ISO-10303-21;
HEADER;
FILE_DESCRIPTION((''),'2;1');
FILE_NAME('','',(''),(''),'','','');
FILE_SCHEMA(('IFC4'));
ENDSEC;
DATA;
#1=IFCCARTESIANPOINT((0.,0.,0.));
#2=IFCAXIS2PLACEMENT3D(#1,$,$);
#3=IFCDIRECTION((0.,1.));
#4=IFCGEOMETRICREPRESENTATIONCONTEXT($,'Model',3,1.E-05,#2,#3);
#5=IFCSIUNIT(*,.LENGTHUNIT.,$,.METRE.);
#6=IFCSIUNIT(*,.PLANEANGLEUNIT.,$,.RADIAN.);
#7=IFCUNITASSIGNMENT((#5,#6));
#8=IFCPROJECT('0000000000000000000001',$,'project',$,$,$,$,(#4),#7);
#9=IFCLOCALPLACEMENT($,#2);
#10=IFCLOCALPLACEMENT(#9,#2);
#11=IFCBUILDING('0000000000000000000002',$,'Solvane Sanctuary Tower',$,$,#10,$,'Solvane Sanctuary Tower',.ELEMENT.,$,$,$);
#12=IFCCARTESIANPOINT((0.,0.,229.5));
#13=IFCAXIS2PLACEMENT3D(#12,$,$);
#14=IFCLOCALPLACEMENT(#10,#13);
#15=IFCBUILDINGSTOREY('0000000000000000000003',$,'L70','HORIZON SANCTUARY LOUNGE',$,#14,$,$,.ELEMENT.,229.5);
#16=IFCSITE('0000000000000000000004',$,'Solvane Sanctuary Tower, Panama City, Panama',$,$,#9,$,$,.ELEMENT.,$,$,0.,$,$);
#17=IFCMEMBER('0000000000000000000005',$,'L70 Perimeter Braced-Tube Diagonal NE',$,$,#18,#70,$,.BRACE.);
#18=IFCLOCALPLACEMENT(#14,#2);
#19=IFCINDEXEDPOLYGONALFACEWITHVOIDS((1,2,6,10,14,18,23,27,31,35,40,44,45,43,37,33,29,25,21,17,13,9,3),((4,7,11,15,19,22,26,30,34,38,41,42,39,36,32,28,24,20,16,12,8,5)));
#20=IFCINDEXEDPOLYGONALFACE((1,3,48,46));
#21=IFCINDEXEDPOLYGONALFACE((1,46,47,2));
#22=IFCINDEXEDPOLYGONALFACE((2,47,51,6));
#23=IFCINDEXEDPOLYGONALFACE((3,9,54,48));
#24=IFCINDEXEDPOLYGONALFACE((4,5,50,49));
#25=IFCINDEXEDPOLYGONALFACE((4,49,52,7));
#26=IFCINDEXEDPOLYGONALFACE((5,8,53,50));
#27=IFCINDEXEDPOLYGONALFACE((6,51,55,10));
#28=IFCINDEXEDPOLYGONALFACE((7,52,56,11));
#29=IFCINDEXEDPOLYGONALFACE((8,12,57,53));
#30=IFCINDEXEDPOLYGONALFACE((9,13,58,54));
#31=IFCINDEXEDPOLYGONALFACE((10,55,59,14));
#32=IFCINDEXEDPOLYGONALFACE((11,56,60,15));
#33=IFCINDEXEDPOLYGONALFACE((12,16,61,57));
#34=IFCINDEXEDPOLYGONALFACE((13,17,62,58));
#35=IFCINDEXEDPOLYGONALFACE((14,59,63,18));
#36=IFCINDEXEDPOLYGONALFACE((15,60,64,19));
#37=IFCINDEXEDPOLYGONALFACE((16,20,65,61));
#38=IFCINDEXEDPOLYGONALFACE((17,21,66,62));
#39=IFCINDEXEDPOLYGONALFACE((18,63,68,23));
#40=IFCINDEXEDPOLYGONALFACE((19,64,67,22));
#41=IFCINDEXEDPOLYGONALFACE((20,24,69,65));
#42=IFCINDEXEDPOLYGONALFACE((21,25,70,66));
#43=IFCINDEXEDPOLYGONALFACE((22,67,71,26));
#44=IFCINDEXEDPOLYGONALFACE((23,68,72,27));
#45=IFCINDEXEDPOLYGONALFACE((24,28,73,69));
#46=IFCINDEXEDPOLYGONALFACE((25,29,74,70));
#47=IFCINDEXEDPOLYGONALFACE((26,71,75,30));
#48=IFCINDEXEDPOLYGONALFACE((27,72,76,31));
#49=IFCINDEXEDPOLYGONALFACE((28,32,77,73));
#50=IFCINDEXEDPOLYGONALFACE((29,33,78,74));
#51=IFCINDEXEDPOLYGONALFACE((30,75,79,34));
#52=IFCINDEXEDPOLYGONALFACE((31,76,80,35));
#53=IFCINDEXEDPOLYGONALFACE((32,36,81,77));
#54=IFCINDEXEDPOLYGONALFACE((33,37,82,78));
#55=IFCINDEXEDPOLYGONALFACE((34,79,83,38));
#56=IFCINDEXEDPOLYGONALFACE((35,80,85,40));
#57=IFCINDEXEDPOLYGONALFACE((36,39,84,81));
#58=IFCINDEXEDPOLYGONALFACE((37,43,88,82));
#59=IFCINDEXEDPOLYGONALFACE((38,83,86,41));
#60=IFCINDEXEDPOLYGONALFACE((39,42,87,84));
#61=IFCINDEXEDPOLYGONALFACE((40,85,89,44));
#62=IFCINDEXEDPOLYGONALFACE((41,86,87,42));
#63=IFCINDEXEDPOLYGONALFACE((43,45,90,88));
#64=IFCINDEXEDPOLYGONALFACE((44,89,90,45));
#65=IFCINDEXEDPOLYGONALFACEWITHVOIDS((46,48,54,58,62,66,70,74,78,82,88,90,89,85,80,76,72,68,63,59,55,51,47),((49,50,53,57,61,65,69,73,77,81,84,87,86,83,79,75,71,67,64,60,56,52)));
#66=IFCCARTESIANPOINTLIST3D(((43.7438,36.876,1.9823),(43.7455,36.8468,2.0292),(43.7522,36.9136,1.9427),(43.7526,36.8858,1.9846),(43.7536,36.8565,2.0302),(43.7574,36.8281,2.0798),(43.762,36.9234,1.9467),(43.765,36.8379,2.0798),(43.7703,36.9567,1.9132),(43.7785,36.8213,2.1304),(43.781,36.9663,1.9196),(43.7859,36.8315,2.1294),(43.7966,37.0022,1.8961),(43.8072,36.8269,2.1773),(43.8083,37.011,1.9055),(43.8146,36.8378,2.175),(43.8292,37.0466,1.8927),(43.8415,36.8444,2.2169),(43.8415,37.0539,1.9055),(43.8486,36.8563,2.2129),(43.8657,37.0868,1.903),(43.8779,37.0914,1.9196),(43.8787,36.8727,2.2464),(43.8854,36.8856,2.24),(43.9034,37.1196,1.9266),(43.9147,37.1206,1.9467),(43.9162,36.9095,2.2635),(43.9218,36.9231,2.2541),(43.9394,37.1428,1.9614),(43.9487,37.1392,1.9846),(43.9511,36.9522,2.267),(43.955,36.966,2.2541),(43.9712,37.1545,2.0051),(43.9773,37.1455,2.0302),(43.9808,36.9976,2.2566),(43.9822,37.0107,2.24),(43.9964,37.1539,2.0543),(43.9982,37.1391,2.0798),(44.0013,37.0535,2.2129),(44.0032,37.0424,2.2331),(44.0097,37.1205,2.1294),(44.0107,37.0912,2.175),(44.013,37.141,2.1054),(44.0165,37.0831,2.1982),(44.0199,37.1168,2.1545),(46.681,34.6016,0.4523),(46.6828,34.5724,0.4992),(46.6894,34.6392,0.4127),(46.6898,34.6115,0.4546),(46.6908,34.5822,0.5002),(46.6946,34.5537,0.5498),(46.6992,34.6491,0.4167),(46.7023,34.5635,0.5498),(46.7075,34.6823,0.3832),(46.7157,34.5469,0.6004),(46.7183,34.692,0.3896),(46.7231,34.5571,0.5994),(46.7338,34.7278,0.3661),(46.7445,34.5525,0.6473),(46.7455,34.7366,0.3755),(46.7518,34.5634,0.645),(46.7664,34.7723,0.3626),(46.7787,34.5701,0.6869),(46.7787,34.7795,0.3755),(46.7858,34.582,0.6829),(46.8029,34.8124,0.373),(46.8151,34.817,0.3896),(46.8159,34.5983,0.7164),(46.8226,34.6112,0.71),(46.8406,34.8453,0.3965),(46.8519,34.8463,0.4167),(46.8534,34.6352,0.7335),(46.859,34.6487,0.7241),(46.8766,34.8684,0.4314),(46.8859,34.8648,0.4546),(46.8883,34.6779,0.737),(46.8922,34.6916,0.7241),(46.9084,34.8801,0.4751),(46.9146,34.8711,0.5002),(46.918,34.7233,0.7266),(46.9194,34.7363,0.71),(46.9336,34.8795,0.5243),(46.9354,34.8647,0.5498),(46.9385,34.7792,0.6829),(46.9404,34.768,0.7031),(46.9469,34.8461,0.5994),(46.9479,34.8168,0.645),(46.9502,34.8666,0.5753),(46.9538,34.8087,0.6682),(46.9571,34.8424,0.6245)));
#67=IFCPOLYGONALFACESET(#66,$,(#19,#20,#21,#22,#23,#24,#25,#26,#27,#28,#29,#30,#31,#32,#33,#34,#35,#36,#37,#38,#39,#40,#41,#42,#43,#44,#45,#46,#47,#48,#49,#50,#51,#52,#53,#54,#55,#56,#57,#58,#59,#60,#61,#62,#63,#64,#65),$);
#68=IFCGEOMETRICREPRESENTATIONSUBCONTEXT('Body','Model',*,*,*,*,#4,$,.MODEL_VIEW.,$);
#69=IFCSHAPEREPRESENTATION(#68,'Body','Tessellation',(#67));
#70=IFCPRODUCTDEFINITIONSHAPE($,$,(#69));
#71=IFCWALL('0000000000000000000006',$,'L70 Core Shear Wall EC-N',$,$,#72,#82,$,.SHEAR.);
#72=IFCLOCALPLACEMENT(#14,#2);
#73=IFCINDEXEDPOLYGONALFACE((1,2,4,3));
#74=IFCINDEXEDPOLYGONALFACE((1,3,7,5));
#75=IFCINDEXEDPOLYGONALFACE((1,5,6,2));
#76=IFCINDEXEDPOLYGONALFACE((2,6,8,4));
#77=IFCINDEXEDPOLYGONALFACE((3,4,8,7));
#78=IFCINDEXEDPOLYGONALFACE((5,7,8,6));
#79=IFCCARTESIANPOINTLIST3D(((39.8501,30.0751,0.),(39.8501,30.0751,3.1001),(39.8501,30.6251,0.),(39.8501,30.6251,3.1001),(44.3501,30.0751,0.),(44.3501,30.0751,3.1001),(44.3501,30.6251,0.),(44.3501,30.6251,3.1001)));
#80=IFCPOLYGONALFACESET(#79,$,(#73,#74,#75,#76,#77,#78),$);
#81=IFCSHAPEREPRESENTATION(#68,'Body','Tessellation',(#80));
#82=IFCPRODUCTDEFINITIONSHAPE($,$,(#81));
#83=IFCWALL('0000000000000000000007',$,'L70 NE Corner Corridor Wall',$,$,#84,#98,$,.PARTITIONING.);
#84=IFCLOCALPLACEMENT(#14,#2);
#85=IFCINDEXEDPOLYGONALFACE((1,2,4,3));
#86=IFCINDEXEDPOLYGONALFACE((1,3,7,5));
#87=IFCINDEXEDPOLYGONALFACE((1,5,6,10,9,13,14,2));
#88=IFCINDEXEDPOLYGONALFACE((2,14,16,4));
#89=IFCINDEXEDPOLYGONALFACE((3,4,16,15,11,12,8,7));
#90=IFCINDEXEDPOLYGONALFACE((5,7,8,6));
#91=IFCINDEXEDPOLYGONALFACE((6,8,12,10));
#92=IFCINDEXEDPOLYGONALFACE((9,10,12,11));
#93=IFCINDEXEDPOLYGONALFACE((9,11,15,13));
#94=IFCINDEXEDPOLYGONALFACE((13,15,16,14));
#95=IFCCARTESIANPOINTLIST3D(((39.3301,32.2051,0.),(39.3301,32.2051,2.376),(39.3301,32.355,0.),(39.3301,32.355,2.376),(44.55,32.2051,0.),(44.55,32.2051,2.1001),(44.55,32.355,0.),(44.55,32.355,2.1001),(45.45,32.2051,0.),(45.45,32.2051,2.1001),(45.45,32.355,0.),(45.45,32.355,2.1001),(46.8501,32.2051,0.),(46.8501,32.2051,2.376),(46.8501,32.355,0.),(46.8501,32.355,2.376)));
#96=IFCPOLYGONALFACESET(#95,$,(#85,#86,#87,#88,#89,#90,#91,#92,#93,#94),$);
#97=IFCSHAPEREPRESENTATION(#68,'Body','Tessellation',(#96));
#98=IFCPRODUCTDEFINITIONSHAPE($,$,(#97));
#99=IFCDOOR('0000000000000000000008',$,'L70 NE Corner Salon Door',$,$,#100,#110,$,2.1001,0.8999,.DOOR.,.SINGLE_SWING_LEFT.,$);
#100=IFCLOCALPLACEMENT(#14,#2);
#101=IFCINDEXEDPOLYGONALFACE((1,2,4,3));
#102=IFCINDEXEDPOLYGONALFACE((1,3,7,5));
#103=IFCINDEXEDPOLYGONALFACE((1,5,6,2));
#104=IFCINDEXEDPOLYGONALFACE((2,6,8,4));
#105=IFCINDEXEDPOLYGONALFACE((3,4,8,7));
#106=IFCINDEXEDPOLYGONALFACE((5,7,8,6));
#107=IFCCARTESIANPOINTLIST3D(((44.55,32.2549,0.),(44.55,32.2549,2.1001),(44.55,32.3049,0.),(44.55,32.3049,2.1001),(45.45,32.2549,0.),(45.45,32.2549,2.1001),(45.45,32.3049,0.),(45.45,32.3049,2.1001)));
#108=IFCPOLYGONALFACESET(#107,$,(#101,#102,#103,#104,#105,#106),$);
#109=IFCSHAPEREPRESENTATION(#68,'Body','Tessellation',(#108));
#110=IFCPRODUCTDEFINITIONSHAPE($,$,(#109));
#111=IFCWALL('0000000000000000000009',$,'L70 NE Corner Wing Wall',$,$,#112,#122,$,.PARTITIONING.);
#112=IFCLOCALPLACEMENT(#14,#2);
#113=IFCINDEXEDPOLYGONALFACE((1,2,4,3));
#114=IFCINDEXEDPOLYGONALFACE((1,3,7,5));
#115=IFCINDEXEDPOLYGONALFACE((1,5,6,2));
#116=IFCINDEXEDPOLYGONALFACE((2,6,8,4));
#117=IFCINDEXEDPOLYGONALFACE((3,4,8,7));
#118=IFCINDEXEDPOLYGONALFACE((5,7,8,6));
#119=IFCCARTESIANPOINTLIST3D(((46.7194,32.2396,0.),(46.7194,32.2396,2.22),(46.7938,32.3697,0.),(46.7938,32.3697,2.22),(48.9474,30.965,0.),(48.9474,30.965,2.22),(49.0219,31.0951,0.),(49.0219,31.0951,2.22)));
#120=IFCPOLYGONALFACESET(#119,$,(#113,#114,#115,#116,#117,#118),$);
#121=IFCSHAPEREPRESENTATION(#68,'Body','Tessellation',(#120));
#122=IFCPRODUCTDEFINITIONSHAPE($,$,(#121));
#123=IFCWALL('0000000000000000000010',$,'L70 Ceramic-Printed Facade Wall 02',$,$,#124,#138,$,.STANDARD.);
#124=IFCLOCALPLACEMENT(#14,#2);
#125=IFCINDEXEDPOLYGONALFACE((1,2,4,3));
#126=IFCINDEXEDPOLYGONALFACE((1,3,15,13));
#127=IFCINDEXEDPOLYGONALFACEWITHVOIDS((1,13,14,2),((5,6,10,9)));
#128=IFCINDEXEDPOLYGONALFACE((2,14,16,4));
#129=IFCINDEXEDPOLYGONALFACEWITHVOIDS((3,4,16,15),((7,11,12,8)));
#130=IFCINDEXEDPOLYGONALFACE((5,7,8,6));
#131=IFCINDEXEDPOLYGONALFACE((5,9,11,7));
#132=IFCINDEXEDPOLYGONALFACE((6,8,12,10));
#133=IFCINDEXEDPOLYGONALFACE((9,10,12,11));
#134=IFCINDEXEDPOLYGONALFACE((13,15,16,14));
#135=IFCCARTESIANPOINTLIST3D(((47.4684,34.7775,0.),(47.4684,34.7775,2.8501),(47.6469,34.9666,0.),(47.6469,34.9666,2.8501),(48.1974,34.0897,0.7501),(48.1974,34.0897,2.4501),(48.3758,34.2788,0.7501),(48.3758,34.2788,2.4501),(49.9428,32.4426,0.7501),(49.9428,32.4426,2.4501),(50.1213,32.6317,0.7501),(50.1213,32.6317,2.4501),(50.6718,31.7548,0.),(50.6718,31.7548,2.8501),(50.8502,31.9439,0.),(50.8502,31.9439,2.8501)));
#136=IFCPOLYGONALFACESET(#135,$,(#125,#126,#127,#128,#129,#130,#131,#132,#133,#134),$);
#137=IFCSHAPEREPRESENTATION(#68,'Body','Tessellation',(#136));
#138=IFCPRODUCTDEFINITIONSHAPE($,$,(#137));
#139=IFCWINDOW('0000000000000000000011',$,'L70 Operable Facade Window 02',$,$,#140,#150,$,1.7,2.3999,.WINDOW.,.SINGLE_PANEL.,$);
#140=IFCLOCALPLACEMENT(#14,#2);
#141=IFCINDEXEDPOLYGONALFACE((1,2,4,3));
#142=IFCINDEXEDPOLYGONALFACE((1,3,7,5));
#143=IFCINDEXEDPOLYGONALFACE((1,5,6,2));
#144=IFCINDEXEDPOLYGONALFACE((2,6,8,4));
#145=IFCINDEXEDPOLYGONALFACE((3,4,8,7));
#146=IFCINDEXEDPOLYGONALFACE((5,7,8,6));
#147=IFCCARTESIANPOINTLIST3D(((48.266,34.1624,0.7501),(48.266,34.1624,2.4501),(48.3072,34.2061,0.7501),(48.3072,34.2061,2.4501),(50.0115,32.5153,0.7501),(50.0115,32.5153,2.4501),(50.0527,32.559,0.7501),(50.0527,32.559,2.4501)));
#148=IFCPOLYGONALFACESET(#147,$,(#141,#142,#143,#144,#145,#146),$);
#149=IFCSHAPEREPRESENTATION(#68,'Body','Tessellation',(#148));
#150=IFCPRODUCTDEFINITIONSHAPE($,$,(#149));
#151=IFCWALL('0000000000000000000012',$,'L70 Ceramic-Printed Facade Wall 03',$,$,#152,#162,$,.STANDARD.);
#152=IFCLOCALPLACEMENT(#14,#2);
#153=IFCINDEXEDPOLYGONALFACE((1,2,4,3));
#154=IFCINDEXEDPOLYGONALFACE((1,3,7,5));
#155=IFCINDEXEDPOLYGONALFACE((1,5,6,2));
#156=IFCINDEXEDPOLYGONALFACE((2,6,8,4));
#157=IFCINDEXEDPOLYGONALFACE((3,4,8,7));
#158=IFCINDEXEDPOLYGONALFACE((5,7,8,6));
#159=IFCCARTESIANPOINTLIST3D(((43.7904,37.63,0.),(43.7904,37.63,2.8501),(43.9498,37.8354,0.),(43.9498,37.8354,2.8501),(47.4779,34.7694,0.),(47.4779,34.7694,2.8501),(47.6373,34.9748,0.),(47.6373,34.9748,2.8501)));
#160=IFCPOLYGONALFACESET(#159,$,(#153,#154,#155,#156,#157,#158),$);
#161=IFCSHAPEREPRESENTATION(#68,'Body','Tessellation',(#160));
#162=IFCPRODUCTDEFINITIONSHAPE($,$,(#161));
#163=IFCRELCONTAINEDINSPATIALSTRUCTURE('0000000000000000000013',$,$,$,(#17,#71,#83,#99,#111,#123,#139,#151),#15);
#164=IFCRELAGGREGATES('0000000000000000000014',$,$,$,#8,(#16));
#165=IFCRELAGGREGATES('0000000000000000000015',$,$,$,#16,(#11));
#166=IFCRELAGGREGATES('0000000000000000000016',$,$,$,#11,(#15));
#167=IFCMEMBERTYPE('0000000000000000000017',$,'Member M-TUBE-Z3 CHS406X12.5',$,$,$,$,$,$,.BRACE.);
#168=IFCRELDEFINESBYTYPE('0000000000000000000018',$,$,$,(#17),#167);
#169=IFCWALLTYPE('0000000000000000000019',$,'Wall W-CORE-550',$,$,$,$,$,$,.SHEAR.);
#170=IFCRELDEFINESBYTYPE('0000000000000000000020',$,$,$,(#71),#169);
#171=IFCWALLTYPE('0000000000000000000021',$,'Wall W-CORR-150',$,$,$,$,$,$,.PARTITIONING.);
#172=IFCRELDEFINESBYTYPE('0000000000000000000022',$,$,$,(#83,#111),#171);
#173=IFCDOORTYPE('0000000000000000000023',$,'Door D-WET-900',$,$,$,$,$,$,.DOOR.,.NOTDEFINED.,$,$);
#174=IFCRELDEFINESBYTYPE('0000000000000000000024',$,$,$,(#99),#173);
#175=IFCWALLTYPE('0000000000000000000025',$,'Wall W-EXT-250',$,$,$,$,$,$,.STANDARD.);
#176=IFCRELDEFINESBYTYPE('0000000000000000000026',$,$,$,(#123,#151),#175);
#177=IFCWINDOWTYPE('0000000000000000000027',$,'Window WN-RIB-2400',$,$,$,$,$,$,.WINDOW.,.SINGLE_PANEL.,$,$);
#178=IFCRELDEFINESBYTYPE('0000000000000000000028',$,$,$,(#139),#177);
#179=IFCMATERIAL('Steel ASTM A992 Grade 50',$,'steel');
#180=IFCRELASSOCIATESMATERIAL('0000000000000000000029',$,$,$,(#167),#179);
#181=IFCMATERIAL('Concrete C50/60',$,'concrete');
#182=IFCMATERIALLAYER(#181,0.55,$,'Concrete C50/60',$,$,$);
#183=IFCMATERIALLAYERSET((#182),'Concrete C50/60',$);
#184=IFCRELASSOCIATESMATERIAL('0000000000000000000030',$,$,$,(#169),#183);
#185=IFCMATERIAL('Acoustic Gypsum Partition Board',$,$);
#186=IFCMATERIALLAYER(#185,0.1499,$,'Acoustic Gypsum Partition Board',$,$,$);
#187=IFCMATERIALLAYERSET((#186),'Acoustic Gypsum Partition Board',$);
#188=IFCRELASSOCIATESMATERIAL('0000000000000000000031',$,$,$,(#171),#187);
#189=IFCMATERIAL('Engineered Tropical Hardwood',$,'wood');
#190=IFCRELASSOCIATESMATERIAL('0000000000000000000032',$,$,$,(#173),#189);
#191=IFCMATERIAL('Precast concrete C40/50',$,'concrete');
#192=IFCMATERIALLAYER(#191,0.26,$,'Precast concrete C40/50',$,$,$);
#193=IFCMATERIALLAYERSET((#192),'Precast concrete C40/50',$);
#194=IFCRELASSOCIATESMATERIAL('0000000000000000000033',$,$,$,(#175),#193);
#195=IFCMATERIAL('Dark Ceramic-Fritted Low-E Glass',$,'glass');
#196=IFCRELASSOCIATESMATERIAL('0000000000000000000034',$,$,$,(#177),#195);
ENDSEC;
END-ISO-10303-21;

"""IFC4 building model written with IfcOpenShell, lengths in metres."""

from ifc_helpers import new_model, si_unit, direction, frame, frame_2d, origin, origin_2d, place, context, subcontext, project, spatial, rectangle, hollow_circle, extrude, material, layer, layer_set, material_profile, profile_set, type_object, element, fill, save


model = new_model("IFC4")

# Units and contexts
model_context = context("Model", 3, precision=1e-05, world=origin(), true_north=direction((0.0, 1.0)))
body_context = subcontext(model_context, "Body", "Model", "MODEL_VIEW")
ifc_project = project(units=[si_unit("LENGTHUNIT", "METRE"), si_unit("PLANEANGLEUNIT", "RADIAN")], contexts=[model_context])

# Site, building, storey
site_placement = place(None, origin())
site = spatial("IfcSite", under=ifc_project, at=site_placement, Name="Solvane Sanctuary Tower, Panama City, Panama", CompositionType="ELEMENT", RefElevation=0.0)
building_placement = place(site_placement, origin())
building = spatial("IfcBuilding", under=site, at=building_placement, Name="Solvane Sanctuary Tower", LongName="Solvane Sanctuary Tower", CompositionType="ELEMENT")
storey_placement = place(building_placement, frame((0.0, 0.0, 229.5)))
storey = spatial("IfcBuildingStorey", under=building, at=storey_placement, Name="L70", Description="HORIZON SANCTUARY LOUNGE", CompositionType="ELEMENT", Elevation=229.5)

# Shared definitions
ifc_material_1 = material(Name="Concrete C50/60", Category="concrete")

# Shared definitions
ifc_material_2 = material(Name="Steel ASTM A992 Grade 50", Category="steel")

# Member
ifc_material_profile_1 = material_profile(ifc_material_2, hollow_circle(Radius=0.2029, WallThickness=0.0125, at=origin_2d()), Name="CHS406X12.5")
ifc_profile_set_1 = profile_set([ifc_material_profile_1], Name="Steel ASTM A992 Grade 50")
member_type = type_object("IfcMemberType", Name="Member M-TUBE-Z3 CHS406X12.5", PredefinedType="BRACE", material=ifc_profile_set_1)
member_placement = place(storey_placement, frame((46.8188, 34.7141, 0.5498), z_axis=(-0.73109, 0.566107, 0.380828), x_axis=(-0.612242, -0.79067, 0.0)))
element("IfcMember", 1, at=member_placement, inside=storey, type_object=member_type, Name="L70 Perimeter Braced-Tube Diagonal NE", PredefinedType="BRACE", context=body_context, shape_type="SweptSolid", body=[
    extrude(hollow_circle(Radius=0.2029, WallThickness=0.0125, at=origin_2d()), origin(), (0.0, 0.0, 1.0), 4.0176),
])

# Wall
ifc_layer_1 = layer(ifc_material_1, 0.55, Name="Concrete C50/60")
ifc_layer_set_1 = layer_set([ifc_layer_1], Name="Concrete C50/60")
wall_type_1 = type_object("IfcWallType", Name="Wall W-CORE-550", PredefinedType="SHEAR", material=ifc_layer_set_1)
wall_1_placement = place(storey_placement, frame((39.8501, 30.3501, 0.0), z_axis=(0.0, 0.0, 1.0), x_axis=(1.0, 0.0, 0.0)))
element("IfcWall", 2, at=wall_1_placement, inside=storey, type_object=wall_type_1, Name="L70 Core Shear Wall EC-N", PredefinedType="SHEAR", context=body_context, shape_type="SweptSolid", body=[
    extrude(rectangle(XDim=4.5, YDim=0.55, at=frame_2d((2.25, 0.0))), origin(), (0.0, 0.0, 1.0), 3.1001),
])

# Wall, opening, door
ifc_material_3 = material(Name="Acoustic Gypsum Partition Board")
ifc_layer_2 = layer(ifc_material_3, 0.1499, Name="Acoustic Gypsum Partition Board")
ifc_layer_set_2 = layer_set([ifc_layer_2], Name="Acoustic Gypsum Partition Board")
wall_type_2 = type_object("IfcWallType", Name="Wall W-CORR-150", PredefinedType="PARTITIONING", material=ifc_layer_set_2)
wall_2_placement = place(storey_placement, frame((39.3301, 32.28, 0.0), z_axis=(0.0, 0.0, 1.0), x_axis=(1.0, 0.0, 0.0)))
wall_2 = element("IfcWall", 3, at=wall_2_placement, inside=storey, type_object=wall_type_2, Name="L70 NE Corner Corridor Wall", PredefinedType="PARTITIONING", context=body_context, shape_type="SweptSolid", body=[
    extrude(rectangle(XDim=7.52, YDim=0.1499, at=frame_2d((3.76, 0.0))), origin(), (0.0, 0.0, 1.0), 2.376),
])
opening_1_placement = place(wall_2_placement, frame((5.22, 0.0, 0.0)))
opening_1 = element("IfcOpeningElement", 4, at=opening_1_placement, cuts=wall_2, PredefinedType="OPENING", context=body_context, shape_type="SweptSolid", body=[
    extrude(rectangle(XDim=0.8999, YDim=2.1001, at=frame_2d((0.45, 1.05))), frame((0.0, 0.085, 0.0), z_axis=(0.0, -1.0, 0.0), x_axis=(1.0, 0.0, 0.0)), (0.0, 0.0, 1.0), 0.1699),
])
ifc_material_4 = material(Name="Engineered Tropical Hardwood", Category="wood")
door_type = type_object("IfcDoorType", Name="Door D-WET-900", OperationType="NOTDEFINED", PredefinedType="DOOR", material=ifc_material_4)
door_placement = place(opening_1_placement, origin())
door = element("IfcDoor", 5, at=door_placement, inside=storey, type_object=door_type, Name="L70 NE Corner Salon Door", OperationType="SINGLE_SWING_LEFT", OverallHeight=2.1001, OverallWidth=0.8999, PredefinedType="DOOR", context=body_context, shape_type="SweptSolid", body=[
    extrude(rectangle(XDim=0.8999, YDim=2.1001, at=frame_2d((0.45, 1.05))), frame((0.0, 0.0249, 0.0), z_axis=(0.0, -1.0, 0.0), x_axis=(1.0, 0.0, 0.0)), (0.0, 0.0, 1.0), 0.05),
])
fill(opening_1, door)

# Wall
wall_3_placement = place(storey_placement, frame((46.7566, 32.3047, 0.0), z_axis=(0.0, 0.0, 1.0), x_axis=(0.867991, -0.496579, 0.0)))
element("IfcWall", 6, at=wall_3_placement, inside=storey, type_object=wall_type_2, Name="L70 NE Corner Wing Wall", PredefinedType="PARTITIONING", context=body_context, shape_type="SweptSolid", body=[
    extrude(rectangle(XDim=2.5669, YDim=0.1499, at=frame_2d((1.2834, 0.0))), origin(), (0.0, 0.0, 1.0), 2.22),
])

# Wall, opening, window
ifc_material_5 = material(Name="Precast concrete C40/50", Category="concrete")
ifc_layer_3 = layer(ifc_material_5, 0.26, Name="Precast concrete C40/50")
ifc_layer_set_3 = layer_set([ifc_layer_3], Name="Precast concrete C40/50")
wall_type_3 = type_object("IfcWallType", Name="Wall W-EXT-250", PredefinedType="STANDARD", material=ifc_layer_set_3)
wall_4_placement = place(storey_placement, frame((50.761, 31.8494, 0.0), z_axis=(0.0, 0.0, 1.0), x_axis=(-0.727319, 0.6863, 0.0)))
wall_4 = element("IfcWall", 7, at=wall_4_placement, inside=storey, type_object=wall_type_3, Name="L70 Ceramic-Printed Facade Wall 02", PredefinedType="STANDARD", context=body_context, shape_type="SweptSolid", body=[
    extrude(rectangle(XDim=4.4043, YDim=0.26, at=frame_2d((2.2021, 0.0))), origin(), (0.0, 0.0, 1.0), 2.8501),
])
opening_2_placement = place(wall_4_placement, frame((1.0022, 0.0, 0.75)))
opening_2 = element("IfcOpeningElement", 8, at=opening_2_placement, cuts=wall_4, PredefinedType="OPENING", context=body_context, shape_type="SweptSolid", body=[
    extrude(rectangle(XDim=2.3999, YDim=1.7, at=frame_2d((1.2, 0.8501))), frame((0.0, 0.1399, 0.0), z_axis=(0.0, -1.0, 0.0), x_axis=(1.0, 0.0, 0.0)), (0.0, 0.0, 1.0), 0.28),
])
ifc_material_6 = material(Name="Dark Ceramic-Fritted Low-E Glass", Category="glass")
window_type_1 = type_object("IfcWindowType", Name="Window WN-RIB-2400", PartitioningType="SINGLE_PANEL", PredefinedType="WINDOW", material=ifc_material_6)
window_1_placement = place(opening_2_placement, origin())
window_1 = element("IfcWindow", 9, at=window_1_placement, inside=storey, type_object=window_type_1, Name="L70 Operable Facade Window 02", OverallHeight=1.7, OverallWidth=2.3999, PartitioningType="SINGLE_PANEL", PredefinedType="WINDOW", context=body_context, shape_type="SweptSolid", body=[
    extrude(rectangle(XDim=2.3999, YDim=1.7, at=frame_2d((1.2, 0.8501))), frame((0.0, 0.03, 0.0), z_axis=(0.0, -1.0, 0.0), x_axis=(1.0, 0.0, 0.0)), (0.0, 0.0, 1.0), 0.0601),
])
fill(opening_2, window_1)

# Wall
wall_5_placement = place(storey_placement, frame((47.5576, 34.8721, 0.0), z_axis=(0.0, 0.0, 1.0), x_axis=(-0.790126, 0.612944, 0.0)))
element("IfcWall", 10, at=wall_5_placement, inside=storey, type_object=wall_type_3, Name="L70 Ceramic-Printed Facade Wall 03", PredefinedType="STANDARD", context=body_context, shape_type="SweptSolid", body=[
    extrude(rectangle(XDim=4.667, YDim=0.26, at=frame_2d((2.3335, 0.0))), origin(), (0.0, 0.0, 1.0), 2.8501),
])

save(model, "model.ifc")
